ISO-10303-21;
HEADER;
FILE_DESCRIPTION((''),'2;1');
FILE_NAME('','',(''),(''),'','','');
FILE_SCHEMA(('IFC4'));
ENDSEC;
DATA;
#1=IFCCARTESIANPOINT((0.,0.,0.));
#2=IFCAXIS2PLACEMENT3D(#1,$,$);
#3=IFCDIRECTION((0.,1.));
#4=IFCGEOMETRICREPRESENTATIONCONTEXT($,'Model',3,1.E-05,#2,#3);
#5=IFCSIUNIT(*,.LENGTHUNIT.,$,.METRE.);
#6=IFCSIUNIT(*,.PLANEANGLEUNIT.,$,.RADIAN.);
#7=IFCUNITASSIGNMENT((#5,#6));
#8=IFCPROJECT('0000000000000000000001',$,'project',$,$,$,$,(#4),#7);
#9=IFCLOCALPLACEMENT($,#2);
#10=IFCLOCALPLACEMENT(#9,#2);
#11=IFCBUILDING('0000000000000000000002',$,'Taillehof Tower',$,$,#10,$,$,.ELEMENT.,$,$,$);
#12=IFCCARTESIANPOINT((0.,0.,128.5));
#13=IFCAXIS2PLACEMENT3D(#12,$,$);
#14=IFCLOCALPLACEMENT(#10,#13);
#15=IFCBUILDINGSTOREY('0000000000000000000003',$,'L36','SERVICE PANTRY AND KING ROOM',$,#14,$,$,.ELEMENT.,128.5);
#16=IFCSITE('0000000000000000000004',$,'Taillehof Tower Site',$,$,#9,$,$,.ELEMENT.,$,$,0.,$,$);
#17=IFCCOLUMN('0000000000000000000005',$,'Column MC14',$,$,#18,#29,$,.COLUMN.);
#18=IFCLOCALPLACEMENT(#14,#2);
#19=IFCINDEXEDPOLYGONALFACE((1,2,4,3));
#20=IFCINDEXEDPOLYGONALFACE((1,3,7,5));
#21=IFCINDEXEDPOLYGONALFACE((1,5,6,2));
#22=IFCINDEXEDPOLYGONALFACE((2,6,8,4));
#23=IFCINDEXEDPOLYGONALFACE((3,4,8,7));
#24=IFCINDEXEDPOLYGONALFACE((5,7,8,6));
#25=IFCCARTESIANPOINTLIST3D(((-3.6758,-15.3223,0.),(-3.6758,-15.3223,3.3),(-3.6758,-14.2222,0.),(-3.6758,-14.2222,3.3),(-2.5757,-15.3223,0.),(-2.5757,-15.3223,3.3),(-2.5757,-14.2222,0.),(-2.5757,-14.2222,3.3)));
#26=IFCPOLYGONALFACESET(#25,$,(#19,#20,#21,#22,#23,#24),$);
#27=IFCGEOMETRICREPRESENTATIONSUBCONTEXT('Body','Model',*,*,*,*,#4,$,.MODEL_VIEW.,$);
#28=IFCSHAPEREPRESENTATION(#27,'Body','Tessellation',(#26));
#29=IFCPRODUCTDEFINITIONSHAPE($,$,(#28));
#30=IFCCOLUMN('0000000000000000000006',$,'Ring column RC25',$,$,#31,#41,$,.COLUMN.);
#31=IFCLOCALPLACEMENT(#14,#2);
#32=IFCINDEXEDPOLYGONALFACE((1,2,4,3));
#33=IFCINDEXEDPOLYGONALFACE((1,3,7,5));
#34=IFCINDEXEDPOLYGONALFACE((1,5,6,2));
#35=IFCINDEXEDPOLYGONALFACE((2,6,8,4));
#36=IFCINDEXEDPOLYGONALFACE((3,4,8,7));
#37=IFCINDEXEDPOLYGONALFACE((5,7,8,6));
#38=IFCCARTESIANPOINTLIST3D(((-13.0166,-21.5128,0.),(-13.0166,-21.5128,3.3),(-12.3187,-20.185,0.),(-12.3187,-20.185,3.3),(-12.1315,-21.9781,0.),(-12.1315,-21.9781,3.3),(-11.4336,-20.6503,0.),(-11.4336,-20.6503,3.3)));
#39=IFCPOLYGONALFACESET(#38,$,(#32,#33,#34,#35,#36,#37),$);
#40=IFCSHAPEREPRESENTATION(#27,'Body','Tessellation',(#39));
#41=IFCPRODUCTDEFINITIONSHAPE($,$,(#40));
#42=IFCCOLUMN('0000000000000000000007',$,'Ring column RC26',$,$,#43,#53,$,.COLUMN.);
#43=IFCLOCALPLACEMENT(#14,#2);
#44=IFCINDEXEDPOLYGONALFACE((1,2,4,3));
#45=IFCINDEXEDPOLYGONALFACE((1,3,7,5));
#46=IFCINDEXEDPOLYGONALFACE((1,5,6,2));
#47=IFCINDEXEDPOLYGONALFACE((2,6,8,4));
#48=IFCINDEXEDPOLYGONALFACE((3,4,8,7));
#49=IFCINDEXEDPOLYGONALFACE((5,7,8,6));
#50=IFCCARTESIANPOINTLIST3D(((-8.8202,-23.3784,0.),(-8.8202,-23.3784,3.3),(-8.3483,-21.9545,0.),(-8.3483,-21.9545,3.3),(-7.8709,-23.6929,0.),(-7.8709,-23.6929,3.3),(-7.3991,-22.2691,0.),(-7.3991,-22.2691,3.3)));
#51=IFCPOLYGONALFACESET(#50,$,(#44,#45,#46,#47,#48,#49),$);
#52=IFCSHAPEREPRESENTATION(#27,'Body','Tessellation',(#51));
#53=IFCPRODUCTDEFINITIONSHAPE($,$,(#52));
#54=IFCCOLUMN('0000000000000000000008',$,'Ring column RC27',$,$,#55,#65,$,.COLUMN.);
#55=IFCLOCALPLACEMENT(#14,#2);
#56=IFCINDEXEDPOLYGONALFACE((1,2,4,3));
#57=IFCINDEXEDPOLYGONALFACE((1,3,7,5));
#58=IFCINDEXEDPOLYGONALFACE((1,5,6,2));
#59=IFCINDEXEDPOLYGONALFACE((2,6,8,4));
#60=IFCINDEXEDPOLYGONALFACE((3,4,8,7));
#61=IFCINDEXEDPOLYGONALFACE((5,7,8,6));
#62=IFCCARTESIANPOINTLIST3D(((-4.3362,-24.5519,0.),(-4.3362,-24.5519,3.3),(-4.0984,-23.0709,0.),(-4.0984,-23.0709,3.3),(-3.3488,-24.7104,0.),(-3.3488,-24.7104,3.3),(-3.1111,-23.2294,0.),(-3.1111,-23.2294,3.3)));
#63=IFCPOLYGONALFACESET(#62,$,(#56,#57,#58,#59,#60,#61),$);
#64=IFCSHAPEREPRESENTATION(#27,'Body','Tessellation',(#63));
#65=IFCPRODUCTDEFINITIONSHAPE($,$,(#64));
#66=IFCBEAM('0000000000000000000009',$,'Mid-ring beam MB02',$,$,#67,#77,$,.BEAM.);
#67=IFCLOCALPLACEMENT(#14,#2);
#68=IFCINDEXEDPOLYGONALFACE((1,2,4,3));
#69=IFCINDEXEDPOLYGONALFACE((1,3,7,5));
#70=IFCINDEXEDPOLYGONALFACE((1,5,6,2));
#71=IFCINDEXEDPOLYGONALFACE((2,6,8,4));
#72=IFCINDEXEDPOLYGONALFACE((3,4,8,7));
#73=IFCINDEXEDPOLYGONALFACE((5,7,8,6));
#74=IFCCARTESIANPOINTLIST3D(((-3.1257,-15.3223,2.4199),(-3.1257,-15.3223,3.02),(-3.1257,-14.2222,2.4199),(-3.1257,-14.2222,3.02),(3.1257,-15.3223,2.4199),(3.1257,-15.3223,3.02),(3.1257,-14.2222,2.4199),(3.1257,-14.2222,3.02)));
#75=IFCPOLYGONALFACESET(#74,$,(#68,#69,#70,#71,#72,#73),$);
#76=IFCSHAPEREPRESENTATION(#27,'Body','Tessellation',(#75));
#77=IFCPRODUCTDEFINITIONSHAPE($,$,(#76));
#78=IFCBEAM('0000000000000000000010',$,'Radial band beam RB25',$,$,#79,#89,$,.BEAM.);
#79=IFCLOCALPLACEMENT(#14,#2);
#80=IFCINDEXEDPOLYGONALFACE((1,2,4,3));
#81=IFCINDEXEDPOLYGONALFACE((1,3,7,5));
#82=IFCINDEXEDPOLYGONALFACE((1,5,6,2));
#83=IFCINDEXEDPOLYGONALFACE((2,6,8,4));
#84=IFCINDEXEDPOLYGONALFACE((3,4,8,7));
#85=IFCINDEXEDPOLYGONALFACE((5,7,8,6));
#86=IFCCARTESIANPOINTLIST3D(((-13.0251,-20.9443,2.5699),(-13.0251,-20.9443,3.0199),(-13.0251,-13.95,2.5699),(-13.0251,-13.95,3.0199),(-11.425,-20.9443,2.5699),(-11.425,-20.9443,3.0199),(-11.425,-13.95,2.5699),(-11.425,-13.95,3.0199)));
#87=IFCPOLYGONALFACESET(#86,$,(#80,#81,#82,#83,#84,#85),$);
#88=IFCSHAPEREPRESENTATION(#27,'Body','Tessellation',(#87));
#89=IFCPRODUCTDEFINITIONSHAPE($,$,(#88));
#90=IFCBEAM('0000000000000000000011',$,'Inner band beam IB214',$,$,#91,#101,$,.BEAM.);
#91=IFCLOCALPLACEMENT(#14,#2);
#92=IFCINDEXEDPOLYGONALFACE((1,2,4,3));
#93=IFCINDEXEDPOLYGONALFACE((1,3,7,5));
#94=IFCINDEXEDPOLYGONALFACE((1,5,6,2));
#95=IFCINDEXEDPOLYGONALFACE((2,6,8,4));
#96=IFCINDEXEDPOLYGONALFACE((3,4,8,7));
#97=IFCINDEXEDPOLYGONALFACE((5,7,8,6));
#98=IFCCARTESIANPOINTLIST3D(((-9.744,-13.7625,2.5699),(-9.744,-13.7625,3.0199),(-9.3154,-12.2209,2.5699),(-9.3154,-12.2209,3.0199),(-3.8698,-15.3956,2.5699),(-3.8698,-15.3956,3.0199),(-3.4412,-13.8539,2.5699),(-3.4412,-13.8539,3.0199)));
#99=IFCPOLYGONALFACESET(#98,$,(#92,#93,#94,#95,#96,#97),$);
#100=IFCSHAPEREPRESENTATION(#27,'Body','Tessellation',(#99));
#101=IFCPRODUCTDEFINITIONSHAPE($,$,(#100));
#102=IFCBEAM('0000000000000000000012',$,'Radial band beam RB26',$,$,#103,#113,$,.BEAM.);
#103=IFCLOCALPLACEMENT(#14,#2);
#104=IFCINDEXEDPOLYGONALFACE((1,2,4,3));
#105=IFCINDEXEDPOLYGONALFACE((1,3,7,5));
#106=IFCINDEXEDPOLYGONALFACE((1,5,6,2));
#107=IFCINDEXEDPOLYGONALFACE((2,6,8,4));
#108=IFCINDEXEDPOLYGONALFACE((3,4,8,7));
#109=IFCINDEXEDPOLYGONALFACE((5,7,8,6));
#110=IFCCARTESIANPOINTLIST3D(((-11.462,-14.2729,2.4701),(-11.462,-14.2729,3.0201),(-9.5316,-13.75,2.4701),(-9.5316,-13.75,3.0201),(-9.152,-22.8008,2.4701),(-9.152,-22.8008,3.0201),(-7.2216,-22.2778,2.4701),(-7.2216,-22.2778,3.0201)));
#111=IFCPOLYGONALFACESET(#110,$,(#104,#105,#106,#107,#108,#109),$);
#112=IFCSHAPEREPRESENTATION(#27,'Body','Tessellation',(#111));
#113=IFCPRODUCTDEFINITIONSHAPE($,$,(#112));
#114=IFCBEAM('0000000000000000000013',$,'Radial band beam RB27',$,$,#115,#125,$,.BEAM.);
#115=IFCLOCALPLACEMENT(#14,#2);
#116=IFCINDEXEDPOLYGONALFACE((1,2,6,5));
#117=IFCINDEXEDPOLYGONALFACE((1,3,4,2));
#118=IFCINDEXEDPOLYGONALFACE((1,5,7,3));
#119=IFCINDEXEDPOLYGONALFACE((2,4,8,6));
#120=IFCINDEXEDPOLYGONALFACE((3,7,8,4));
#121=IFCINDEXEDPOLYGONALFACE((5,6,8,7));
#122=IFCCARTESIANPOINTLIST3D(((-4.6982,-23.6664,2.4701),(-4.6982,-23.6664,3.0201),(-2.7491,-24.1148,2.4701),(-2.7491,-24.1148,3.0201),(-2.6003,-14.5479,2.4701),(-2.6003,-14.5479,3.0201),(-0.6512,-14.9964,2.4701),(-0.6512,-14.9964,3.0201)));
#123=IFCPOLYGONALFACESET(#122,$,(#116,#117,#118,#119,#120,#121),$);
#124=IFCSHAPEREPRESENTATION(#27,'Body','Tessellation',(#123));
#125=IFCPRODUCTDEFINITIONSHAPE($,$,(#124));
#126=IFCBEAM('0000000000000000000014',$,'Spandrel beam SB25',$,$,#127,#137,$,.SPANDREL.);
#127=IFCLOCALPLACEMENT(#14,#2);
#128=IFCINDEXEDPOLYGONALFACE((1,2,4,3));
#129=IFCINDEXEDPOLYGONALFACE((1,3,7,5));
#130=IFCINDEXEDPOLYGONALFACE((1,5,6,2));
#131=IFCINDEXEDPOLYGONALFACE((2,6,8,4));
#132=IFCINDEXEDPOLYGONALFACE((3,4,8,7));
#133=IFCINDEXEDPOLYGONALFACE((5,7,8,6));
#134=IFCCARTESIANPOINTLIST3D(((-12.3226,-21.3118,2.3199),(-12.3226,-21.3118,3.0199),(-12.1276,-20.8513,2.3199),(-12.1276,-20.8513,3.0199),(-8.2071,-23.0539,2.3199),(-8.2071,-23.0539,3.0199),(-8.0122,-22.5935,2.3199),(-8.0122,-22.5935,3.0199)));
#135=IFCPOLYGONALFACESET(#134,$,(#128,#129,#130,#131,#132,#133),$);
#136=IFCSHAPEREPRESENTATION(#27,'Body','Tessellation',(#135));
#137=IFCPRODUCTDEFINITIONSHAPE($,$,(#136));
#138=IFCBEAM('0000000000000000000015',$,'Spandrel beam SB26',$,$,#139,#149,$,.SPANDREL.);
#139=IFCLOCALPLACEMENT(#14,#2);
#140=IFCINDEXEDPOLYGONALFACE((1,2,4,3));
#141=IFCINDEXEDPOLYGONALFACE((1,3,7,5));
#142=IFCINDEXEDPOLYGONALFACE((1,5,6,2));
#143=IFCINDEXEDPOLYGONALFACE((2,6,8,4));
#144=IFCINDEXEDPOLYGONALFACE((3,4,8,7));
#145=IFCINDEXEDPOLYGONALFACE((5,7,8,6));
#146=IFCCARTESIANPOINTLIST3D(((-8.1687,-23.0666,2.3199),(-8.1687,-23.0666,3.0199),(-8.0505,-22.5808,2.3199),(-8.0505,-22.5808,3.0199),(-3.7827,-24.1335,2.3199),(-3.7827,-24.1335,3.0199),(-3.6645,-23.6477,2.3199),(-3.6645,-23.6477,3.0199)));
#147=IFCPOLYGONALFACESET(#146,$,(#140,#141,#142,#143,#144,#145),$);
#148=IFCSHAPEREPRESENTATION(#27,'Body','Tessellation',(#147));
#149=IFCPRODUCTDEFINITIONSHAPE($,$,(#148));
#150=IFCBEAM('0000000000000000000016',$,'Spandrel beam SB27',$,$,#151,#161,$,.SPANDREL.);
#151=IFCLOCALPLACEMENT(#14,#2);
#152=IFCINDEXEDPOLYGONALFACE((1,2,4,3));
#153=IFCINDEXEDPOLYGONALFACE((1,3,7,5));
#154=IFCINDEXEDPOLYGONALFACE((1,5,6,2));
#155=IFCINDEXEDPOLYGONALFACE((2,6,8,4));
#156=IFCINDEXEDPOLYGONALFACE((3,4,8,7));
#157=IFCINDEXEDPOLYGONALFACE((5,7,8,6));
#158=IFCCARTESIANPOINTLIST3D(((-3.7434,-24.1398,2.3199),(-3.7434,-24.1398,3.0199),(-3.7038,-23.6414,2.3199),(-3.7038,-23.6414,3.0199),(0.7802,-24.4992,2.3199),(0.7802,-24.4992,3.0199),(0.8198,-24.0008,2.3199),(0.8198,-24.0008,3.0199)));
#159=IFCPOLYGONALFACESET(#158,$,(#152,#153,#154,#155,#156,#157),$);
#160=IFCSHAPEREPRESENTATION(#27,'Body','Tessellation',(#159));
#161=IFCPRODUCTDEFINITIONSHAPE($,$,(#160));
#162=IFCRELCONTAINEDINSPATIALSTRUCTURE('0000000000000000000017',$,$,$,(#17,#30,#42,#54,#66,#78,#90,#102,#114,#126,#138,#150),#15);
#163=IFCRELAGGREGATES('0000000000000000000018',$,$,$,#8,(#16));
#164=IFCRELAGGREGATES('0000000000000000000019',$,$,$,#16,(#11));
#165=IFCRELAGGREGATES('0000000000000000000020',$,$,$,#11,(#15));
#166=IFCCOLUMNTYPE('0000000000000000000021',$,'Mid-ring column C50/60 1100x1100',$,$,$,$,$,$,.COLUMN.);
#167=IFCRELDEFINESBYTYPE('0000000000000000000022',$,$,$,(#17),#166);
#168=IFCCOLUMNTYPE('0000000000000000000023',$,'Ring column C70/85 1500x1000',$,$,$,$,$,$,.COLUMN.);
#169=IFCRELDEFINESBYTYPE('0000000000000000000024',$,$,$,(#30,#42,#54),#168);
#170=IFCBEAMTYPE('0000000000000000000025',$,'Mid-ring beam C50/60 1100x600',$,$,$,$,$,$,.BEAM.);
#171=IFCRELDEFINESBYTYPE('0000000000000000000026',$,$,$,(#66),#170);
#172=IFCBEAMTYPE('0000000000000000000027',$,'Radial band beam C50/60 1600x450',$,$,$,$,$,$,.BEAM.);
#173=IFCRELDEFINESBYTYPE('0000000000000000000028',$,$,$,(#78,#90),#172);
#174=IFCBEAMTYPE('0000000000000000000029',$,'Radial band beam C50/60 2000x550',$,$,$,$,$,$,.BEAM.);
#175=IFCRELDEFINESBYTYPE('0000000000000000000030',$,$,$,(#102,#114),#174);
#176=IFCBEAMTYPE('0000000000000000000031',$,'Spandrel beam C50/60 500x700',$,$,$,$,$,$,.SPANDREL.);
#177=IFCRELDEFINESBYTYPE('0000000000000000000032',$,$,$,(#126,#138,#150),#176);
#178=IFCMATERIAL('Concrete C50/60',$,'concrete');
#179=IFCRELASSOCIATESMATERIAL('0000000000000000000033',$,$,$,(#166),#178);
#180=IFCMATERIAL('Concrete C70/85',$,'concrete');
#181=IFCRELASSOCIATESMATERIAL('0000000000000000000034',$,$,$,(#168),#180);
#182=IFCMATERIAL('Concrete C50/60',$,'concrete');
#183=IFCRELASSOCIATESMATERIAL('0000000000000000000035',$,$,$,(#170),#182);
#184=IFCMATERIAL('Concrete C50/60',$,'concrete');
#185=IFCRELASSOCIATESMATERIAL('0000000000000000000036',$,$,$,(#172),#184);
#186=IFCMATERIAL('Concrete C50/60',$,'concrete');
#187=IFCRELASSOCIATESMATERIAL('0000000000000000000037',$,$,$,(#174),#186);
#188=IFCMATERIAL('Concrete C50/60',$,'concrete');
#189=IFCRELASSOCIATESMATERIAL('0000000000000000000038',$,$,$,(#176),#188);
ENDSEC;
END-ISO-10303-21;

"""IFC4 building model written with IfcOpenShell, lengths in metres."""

from ifc_helpers import new_model, si_unit, direction, frame, origin, origin_2d, place, context, subcontext, project, spatial, rectangle, extrude, material, material_profile, profile_set, type_object, element, save


model = new_model("IFC4")

# Units and contexts
model_context = context("Model", 3, precision=1e-05, world=origin(), true_north=direction((0.0, 1.0)))
body_context = subcontext(model_context, "Body", "Model", "MODEL_VIEW")
ifc_project = project(units=[si_unit("LENGTHUNIT", "METRE"), si_unit("PLANEANGLEUNIT", "RADIAN")], contexts=[model_context])

# Site, building, storey
site_placement = place(None, origin())
site = spatial("IfcSite", under=ifc_project, at=site_placement, Name="Taillehof Tower Site", CompositionType="ELEMENT", RefElevation=0.0)
building_placement = place(site_placement, origin())
building = spatial("IfcBuilding", under=site, at=building_placement, Name="Taillehof Tower", CompositionType="ELEMENT")
storey_placement = place(building_placement, frame((0.0, 0.0, 128.5)))
storey = spatial("IfcBuildingStorey", under=building, at=storey_placement, Name="L36", Description="SERVICE PANTRY AND KING ROOM", CompositionType="ELEMENT", Elevation=128.5)

# Columns
ifc_material_1 = material(Name="Concrete C50/60", Category="concrete")
ifc_material_profile_1 = material_profile(ifc_material_1, rectangle(XDim=1.1001, YDim=1.1001, at=origin_2d()), Name="RC 1100x1100")
ifc_profile_set_1 = profile_set([ifc_material_profile_1], Name="Concrete C50/60")
column_type_1 = type_object("IfcColumnType", Name="Mid-ring column C50/60 1100x1100", PredefinedType="COLUMN", material=ifc_profile_set_1)
column_placement = place(storey_placement, frame((-3.1257, -14.7722, 0.0), z_axis=(0.0, 0.0, 1.0), x_axis=(1.0, 0.0, 0.0)))
element("IfcColumn", 1, at=column_placement, inside=storey, type_object=column_type_1, Name="Column MC14", PredefinedType="COLUMN", context=body_context, shape_type="SweptSolid", body=[
    extrude(rectangle(XDim=1.1001, YDim=1.1001, at=origin_2d()), origin(), (0.0, 0.0, 1.0), 3.3),
])
ifc_material_2 = material(Name="Concrete C70/85", Category="concrete")
ifc_material_profile_2 = material_profile(ifc_material_2, rectangle(XDim=1.5, YDim=1.0, at=origin_2d()), Name="RC 1500x1000")
ifc_profile_set_2 = profile_set([ifc_material_profile_2], Name="Concrete C70/85")
column_type_2 = type_object("IfcColumnType", Name="Ring column C70/85 1500x1000", PredefinedType="COLUMN", material=ifc_profile_set_2)
for number, where, z_axis, x_axis, name in (
    (2, (-12.2251, -21.0815, 0.0), (0.0, 0.0, 1.0), (-0.465283, -0.885162, 0.0), "Ring column RC25"),
    (3, (-8.1096, -22.8237, 0.0), (0.0, 0.0, 1.0), (-0.314555, -0.949239, 0.0), "Ring column RC26"),
    (4, (-3.7236, -23.8906, 0.0), (0.0, 0.0, 1.0), (-0.158507, -0.987358, 0.0), "Ring column RC27"),
):
    element("IfcColumn", number, at=place(storey_placement, frame(where, z_axis=z_axis, x_axis=x_axis)), inside=storey, type_object=column_type_2, Name=name, PredefinedType="COLUMN", context=body_context, shape_type="SweptSolid", body=[
        extrude(rectangle(XDim=1.5, YDim=1.0, at=origin_2d()), origin(), (0.0, 0.0, 1.0), 3.3),
    ])

# Beams
ifc_material_3 = material(Name="Concrete C50/60", Category="concrete")
ifc_material_profile_3 = material_profile(ifc_material_3, rectangle(XDim=1.1001, YDim=0.6001, at=origin_2d()), Name="RC 1100x600")
ifc_profile_set_3 = profile_set([ifc_material_profile_3], Name="Concrete C50/60")
beam_type_1 = type_object("IfcBeamType", Name="Mid-ring beam C50/60 1100x600", PredefinedType="BEAM", material=ifc_profile_set_3)
beam_1_placement = place(storey_placement, frame((-3.1257, -14.7722, 2.72), z_axis=(1.0, 0.0, 0.0), x_axis=(0.0, 1.0, 0.0)))
element("IfcBeam", 5, at=beam_1_placement, inside=storey, type_object=beam_type_1, Name="Mid-ring beam MB02", PredefinedType="BEAM", context=body_context, shape_type="SweptSolid", body=[
    extrude(rectangle(XDim=1.1001, YDim=0.6001, at=origin_2d()), origin(), (0.0, 0.0, 1.0), 6.2515),
])
ifc_material_4 = material(Name="Concrete C50/60", Category="concrete")
ifc_material_profile_4 = material_profile(ifc_material_4, rectangle(XDim=1.6001, YDim=0.45, at=origin_2d()), Name="RC 1600x450")
ifc_profile_set_4 = profile_set([ifc_material_profile_4], Name="Concrete C50/60")
beam_type_2 = type_object("IfcBeamType", Name="Radial band beam C50/60 1600x450", PredefinedType="BEAM", material=ifc_profile_set_4)
beam_2_placement = place(storey_placement, frame((-12.2251, -20.9443, 2.7949), z_axis=(0.0, 1.0, 0.0), x_axis=(-1.0, 0.0, 0.0)))
element("IfcBeam", 6, at=beam_2_placement, inside=storey, type_object=beam_type_2, Name="Radial band beam RB25", PredefinedType="BEAM", context=body_context, shape_type="SweptSolid", body=[
    extrude(rectangle(XDim=1.6001, YDim=0.45, at=origin_2d()), origin(), (0.0, 0.0, 1.0), 6.9944),
])
beam_3_placement = place(storey_placement, frame((-3.6555, -14.6248, 2.7949), z_axis=(-0.963459, 0.267855, 0.0), x_axis=(-0.267855, -0.963459, 0.0)))
element("IfcBeam", 7, at=beam_3_placement, inside=storey, type_object=beam_type_2, Name="Inner band beam IB214", PredefinedType="BEAM", context=body_context, shape_type="SweptSolid", body=[
    extrude(rectangle(XDim=1.6001, YDim=0.45, at=origin_2d()), origin(), (0.0, 0.0, 1.0), 6.0969),
])
ifc_material_5 = material(Name="Concrete C50/60", Category="concrete")
ifc_material_profile_5 = material_profile(ifc_material_5, rectangle(XDim=2.0, YDim=0.55, at=origin_2d()), Name="RC 2000x550")
ifc_profile_set_5 = profile_set([ifc_material_profile_5], Name="Concrete C50/60")
beam_type_3 = type_object("IfcBeamType", Name="Radial band beam C50/60 2000x550", PredefinedType="BEAM", material=ifc_profile_set_5)
beam_4_placement = place(storey_placement, frame((-8.1868, -22.5393, 2.7451), z_axis=(-0.261462, 0.965214, 0.0), x_axis=(-0.965214, -0.261462, 0.0)))
element("IfcBeam", 8, at=beam_4_placement, inside=storey, type_object=beam_type_3, Name="Radial band beam RB26", PredefinedType="BEAM", context=body_context, shape_type="SweptSolid", body=[
    extrude(rectangle(XDim=2.0, YDim=0.55, at=origin_2d()), origin(), (0.0, 0.0, 1.0), 8.8352),
])
beam_5_placement = place(storey_placement, frame((-3.7236, -23.8906, 2.7451), z_axis=(0.224215, 0.97454, 0.0), x_axis=(-0.97454, 0.224215, 0.0)))
element("IfcBeam", 9, at=beam_5_placement, inside=storey, type_object=beam_type_3, Name="Radial band beam RB27", PredefinedType="BEAM", context=body_context, shape_type="SweptSolid", body=[
    extrude(rectangle(XDim=2.0, YDim=0.55, at=origin_2d()), origin(), (0.0, 0.0, 1.0), 9.3567),
])
ifc_material_6 = material(Name="Concrete C50/60", Category="concrete")
ifc_material_profile_6 = material_profile(ifc_material_6, rectangle(XDim=0.5, YDim=0.7, at=origin_2d()), Name="RC 500x700")
ifc_profile_set_6 = profile_set([ifc_material_profile_6], Name="Concrete C50/60")
beam_type_4 = type_object("IfcBeamType", Name="Spandrel beam C50/60 500x700", PredefinedType="SPANDREL", material=ifc_profile_set_6)
beam_6_placement = place(storey_placement, frame((-12.2251, -21.0815, 2.6699), z_axis=(0.920885, -0.389834, 0.0), x_axis=(0.389834, 0.920885, 0.0)))
element("IfcBeam", 10, at=beam_6_placement, inside=storey, type_object=beam_type_4, Name="Spandrel beam SB25", PredefinedType="SPANDREL", context=body_context, shape_type="SweptSolid", body=[
    extrude(rectangle(XDim=0.5, YDim=0.7, at=origin_2d()), origin(), (0.0, 0.0, 1.0), 4.469),
])
beam_7_placement = place(storey_placement, frame((-8.1096, -22.8237, 2.6699), z_axis=(0.971666, -0.236358, 0.0), x_axis=(0.236358, 0.971666, 0.0)))
element("IfcBeam", 11, at=beam_7_placement, inside=storey, type_object=beam_type_4, Name="Spandrel beam SB26", PredefinedType="SPANDREL", context=body_context, shape_type="SweptSolid", body=[
    extrude(rectangle(XDim=0.5, YDim=0.7, at=origin_2d()), origin(), (0.0, 0.0, 1.0), 4.5139),
])
beam_8_placement = place(storey_placement, frame((-3.7236, -23.8906, 2.6699), z_axis=(0.996859, -0.079194, 0.0), x_axis=(0.079194, 0.996859, 0.0)))
element("IfcBeam", 12, at=beam_8_placement, inside=storey, type_object=beam_type_4, Name="Spandrel beam SB27", PredefinedType="SPANDREL", context=body_context, shape_type="SweptSolid", body=[
    extrude(rectangle(XDim=0.5, YDim=0.7, at=origin_2d()), origin(), (0.0, 0.0, 1.0), 4.5378),
])

save(model, "model.ifc")
